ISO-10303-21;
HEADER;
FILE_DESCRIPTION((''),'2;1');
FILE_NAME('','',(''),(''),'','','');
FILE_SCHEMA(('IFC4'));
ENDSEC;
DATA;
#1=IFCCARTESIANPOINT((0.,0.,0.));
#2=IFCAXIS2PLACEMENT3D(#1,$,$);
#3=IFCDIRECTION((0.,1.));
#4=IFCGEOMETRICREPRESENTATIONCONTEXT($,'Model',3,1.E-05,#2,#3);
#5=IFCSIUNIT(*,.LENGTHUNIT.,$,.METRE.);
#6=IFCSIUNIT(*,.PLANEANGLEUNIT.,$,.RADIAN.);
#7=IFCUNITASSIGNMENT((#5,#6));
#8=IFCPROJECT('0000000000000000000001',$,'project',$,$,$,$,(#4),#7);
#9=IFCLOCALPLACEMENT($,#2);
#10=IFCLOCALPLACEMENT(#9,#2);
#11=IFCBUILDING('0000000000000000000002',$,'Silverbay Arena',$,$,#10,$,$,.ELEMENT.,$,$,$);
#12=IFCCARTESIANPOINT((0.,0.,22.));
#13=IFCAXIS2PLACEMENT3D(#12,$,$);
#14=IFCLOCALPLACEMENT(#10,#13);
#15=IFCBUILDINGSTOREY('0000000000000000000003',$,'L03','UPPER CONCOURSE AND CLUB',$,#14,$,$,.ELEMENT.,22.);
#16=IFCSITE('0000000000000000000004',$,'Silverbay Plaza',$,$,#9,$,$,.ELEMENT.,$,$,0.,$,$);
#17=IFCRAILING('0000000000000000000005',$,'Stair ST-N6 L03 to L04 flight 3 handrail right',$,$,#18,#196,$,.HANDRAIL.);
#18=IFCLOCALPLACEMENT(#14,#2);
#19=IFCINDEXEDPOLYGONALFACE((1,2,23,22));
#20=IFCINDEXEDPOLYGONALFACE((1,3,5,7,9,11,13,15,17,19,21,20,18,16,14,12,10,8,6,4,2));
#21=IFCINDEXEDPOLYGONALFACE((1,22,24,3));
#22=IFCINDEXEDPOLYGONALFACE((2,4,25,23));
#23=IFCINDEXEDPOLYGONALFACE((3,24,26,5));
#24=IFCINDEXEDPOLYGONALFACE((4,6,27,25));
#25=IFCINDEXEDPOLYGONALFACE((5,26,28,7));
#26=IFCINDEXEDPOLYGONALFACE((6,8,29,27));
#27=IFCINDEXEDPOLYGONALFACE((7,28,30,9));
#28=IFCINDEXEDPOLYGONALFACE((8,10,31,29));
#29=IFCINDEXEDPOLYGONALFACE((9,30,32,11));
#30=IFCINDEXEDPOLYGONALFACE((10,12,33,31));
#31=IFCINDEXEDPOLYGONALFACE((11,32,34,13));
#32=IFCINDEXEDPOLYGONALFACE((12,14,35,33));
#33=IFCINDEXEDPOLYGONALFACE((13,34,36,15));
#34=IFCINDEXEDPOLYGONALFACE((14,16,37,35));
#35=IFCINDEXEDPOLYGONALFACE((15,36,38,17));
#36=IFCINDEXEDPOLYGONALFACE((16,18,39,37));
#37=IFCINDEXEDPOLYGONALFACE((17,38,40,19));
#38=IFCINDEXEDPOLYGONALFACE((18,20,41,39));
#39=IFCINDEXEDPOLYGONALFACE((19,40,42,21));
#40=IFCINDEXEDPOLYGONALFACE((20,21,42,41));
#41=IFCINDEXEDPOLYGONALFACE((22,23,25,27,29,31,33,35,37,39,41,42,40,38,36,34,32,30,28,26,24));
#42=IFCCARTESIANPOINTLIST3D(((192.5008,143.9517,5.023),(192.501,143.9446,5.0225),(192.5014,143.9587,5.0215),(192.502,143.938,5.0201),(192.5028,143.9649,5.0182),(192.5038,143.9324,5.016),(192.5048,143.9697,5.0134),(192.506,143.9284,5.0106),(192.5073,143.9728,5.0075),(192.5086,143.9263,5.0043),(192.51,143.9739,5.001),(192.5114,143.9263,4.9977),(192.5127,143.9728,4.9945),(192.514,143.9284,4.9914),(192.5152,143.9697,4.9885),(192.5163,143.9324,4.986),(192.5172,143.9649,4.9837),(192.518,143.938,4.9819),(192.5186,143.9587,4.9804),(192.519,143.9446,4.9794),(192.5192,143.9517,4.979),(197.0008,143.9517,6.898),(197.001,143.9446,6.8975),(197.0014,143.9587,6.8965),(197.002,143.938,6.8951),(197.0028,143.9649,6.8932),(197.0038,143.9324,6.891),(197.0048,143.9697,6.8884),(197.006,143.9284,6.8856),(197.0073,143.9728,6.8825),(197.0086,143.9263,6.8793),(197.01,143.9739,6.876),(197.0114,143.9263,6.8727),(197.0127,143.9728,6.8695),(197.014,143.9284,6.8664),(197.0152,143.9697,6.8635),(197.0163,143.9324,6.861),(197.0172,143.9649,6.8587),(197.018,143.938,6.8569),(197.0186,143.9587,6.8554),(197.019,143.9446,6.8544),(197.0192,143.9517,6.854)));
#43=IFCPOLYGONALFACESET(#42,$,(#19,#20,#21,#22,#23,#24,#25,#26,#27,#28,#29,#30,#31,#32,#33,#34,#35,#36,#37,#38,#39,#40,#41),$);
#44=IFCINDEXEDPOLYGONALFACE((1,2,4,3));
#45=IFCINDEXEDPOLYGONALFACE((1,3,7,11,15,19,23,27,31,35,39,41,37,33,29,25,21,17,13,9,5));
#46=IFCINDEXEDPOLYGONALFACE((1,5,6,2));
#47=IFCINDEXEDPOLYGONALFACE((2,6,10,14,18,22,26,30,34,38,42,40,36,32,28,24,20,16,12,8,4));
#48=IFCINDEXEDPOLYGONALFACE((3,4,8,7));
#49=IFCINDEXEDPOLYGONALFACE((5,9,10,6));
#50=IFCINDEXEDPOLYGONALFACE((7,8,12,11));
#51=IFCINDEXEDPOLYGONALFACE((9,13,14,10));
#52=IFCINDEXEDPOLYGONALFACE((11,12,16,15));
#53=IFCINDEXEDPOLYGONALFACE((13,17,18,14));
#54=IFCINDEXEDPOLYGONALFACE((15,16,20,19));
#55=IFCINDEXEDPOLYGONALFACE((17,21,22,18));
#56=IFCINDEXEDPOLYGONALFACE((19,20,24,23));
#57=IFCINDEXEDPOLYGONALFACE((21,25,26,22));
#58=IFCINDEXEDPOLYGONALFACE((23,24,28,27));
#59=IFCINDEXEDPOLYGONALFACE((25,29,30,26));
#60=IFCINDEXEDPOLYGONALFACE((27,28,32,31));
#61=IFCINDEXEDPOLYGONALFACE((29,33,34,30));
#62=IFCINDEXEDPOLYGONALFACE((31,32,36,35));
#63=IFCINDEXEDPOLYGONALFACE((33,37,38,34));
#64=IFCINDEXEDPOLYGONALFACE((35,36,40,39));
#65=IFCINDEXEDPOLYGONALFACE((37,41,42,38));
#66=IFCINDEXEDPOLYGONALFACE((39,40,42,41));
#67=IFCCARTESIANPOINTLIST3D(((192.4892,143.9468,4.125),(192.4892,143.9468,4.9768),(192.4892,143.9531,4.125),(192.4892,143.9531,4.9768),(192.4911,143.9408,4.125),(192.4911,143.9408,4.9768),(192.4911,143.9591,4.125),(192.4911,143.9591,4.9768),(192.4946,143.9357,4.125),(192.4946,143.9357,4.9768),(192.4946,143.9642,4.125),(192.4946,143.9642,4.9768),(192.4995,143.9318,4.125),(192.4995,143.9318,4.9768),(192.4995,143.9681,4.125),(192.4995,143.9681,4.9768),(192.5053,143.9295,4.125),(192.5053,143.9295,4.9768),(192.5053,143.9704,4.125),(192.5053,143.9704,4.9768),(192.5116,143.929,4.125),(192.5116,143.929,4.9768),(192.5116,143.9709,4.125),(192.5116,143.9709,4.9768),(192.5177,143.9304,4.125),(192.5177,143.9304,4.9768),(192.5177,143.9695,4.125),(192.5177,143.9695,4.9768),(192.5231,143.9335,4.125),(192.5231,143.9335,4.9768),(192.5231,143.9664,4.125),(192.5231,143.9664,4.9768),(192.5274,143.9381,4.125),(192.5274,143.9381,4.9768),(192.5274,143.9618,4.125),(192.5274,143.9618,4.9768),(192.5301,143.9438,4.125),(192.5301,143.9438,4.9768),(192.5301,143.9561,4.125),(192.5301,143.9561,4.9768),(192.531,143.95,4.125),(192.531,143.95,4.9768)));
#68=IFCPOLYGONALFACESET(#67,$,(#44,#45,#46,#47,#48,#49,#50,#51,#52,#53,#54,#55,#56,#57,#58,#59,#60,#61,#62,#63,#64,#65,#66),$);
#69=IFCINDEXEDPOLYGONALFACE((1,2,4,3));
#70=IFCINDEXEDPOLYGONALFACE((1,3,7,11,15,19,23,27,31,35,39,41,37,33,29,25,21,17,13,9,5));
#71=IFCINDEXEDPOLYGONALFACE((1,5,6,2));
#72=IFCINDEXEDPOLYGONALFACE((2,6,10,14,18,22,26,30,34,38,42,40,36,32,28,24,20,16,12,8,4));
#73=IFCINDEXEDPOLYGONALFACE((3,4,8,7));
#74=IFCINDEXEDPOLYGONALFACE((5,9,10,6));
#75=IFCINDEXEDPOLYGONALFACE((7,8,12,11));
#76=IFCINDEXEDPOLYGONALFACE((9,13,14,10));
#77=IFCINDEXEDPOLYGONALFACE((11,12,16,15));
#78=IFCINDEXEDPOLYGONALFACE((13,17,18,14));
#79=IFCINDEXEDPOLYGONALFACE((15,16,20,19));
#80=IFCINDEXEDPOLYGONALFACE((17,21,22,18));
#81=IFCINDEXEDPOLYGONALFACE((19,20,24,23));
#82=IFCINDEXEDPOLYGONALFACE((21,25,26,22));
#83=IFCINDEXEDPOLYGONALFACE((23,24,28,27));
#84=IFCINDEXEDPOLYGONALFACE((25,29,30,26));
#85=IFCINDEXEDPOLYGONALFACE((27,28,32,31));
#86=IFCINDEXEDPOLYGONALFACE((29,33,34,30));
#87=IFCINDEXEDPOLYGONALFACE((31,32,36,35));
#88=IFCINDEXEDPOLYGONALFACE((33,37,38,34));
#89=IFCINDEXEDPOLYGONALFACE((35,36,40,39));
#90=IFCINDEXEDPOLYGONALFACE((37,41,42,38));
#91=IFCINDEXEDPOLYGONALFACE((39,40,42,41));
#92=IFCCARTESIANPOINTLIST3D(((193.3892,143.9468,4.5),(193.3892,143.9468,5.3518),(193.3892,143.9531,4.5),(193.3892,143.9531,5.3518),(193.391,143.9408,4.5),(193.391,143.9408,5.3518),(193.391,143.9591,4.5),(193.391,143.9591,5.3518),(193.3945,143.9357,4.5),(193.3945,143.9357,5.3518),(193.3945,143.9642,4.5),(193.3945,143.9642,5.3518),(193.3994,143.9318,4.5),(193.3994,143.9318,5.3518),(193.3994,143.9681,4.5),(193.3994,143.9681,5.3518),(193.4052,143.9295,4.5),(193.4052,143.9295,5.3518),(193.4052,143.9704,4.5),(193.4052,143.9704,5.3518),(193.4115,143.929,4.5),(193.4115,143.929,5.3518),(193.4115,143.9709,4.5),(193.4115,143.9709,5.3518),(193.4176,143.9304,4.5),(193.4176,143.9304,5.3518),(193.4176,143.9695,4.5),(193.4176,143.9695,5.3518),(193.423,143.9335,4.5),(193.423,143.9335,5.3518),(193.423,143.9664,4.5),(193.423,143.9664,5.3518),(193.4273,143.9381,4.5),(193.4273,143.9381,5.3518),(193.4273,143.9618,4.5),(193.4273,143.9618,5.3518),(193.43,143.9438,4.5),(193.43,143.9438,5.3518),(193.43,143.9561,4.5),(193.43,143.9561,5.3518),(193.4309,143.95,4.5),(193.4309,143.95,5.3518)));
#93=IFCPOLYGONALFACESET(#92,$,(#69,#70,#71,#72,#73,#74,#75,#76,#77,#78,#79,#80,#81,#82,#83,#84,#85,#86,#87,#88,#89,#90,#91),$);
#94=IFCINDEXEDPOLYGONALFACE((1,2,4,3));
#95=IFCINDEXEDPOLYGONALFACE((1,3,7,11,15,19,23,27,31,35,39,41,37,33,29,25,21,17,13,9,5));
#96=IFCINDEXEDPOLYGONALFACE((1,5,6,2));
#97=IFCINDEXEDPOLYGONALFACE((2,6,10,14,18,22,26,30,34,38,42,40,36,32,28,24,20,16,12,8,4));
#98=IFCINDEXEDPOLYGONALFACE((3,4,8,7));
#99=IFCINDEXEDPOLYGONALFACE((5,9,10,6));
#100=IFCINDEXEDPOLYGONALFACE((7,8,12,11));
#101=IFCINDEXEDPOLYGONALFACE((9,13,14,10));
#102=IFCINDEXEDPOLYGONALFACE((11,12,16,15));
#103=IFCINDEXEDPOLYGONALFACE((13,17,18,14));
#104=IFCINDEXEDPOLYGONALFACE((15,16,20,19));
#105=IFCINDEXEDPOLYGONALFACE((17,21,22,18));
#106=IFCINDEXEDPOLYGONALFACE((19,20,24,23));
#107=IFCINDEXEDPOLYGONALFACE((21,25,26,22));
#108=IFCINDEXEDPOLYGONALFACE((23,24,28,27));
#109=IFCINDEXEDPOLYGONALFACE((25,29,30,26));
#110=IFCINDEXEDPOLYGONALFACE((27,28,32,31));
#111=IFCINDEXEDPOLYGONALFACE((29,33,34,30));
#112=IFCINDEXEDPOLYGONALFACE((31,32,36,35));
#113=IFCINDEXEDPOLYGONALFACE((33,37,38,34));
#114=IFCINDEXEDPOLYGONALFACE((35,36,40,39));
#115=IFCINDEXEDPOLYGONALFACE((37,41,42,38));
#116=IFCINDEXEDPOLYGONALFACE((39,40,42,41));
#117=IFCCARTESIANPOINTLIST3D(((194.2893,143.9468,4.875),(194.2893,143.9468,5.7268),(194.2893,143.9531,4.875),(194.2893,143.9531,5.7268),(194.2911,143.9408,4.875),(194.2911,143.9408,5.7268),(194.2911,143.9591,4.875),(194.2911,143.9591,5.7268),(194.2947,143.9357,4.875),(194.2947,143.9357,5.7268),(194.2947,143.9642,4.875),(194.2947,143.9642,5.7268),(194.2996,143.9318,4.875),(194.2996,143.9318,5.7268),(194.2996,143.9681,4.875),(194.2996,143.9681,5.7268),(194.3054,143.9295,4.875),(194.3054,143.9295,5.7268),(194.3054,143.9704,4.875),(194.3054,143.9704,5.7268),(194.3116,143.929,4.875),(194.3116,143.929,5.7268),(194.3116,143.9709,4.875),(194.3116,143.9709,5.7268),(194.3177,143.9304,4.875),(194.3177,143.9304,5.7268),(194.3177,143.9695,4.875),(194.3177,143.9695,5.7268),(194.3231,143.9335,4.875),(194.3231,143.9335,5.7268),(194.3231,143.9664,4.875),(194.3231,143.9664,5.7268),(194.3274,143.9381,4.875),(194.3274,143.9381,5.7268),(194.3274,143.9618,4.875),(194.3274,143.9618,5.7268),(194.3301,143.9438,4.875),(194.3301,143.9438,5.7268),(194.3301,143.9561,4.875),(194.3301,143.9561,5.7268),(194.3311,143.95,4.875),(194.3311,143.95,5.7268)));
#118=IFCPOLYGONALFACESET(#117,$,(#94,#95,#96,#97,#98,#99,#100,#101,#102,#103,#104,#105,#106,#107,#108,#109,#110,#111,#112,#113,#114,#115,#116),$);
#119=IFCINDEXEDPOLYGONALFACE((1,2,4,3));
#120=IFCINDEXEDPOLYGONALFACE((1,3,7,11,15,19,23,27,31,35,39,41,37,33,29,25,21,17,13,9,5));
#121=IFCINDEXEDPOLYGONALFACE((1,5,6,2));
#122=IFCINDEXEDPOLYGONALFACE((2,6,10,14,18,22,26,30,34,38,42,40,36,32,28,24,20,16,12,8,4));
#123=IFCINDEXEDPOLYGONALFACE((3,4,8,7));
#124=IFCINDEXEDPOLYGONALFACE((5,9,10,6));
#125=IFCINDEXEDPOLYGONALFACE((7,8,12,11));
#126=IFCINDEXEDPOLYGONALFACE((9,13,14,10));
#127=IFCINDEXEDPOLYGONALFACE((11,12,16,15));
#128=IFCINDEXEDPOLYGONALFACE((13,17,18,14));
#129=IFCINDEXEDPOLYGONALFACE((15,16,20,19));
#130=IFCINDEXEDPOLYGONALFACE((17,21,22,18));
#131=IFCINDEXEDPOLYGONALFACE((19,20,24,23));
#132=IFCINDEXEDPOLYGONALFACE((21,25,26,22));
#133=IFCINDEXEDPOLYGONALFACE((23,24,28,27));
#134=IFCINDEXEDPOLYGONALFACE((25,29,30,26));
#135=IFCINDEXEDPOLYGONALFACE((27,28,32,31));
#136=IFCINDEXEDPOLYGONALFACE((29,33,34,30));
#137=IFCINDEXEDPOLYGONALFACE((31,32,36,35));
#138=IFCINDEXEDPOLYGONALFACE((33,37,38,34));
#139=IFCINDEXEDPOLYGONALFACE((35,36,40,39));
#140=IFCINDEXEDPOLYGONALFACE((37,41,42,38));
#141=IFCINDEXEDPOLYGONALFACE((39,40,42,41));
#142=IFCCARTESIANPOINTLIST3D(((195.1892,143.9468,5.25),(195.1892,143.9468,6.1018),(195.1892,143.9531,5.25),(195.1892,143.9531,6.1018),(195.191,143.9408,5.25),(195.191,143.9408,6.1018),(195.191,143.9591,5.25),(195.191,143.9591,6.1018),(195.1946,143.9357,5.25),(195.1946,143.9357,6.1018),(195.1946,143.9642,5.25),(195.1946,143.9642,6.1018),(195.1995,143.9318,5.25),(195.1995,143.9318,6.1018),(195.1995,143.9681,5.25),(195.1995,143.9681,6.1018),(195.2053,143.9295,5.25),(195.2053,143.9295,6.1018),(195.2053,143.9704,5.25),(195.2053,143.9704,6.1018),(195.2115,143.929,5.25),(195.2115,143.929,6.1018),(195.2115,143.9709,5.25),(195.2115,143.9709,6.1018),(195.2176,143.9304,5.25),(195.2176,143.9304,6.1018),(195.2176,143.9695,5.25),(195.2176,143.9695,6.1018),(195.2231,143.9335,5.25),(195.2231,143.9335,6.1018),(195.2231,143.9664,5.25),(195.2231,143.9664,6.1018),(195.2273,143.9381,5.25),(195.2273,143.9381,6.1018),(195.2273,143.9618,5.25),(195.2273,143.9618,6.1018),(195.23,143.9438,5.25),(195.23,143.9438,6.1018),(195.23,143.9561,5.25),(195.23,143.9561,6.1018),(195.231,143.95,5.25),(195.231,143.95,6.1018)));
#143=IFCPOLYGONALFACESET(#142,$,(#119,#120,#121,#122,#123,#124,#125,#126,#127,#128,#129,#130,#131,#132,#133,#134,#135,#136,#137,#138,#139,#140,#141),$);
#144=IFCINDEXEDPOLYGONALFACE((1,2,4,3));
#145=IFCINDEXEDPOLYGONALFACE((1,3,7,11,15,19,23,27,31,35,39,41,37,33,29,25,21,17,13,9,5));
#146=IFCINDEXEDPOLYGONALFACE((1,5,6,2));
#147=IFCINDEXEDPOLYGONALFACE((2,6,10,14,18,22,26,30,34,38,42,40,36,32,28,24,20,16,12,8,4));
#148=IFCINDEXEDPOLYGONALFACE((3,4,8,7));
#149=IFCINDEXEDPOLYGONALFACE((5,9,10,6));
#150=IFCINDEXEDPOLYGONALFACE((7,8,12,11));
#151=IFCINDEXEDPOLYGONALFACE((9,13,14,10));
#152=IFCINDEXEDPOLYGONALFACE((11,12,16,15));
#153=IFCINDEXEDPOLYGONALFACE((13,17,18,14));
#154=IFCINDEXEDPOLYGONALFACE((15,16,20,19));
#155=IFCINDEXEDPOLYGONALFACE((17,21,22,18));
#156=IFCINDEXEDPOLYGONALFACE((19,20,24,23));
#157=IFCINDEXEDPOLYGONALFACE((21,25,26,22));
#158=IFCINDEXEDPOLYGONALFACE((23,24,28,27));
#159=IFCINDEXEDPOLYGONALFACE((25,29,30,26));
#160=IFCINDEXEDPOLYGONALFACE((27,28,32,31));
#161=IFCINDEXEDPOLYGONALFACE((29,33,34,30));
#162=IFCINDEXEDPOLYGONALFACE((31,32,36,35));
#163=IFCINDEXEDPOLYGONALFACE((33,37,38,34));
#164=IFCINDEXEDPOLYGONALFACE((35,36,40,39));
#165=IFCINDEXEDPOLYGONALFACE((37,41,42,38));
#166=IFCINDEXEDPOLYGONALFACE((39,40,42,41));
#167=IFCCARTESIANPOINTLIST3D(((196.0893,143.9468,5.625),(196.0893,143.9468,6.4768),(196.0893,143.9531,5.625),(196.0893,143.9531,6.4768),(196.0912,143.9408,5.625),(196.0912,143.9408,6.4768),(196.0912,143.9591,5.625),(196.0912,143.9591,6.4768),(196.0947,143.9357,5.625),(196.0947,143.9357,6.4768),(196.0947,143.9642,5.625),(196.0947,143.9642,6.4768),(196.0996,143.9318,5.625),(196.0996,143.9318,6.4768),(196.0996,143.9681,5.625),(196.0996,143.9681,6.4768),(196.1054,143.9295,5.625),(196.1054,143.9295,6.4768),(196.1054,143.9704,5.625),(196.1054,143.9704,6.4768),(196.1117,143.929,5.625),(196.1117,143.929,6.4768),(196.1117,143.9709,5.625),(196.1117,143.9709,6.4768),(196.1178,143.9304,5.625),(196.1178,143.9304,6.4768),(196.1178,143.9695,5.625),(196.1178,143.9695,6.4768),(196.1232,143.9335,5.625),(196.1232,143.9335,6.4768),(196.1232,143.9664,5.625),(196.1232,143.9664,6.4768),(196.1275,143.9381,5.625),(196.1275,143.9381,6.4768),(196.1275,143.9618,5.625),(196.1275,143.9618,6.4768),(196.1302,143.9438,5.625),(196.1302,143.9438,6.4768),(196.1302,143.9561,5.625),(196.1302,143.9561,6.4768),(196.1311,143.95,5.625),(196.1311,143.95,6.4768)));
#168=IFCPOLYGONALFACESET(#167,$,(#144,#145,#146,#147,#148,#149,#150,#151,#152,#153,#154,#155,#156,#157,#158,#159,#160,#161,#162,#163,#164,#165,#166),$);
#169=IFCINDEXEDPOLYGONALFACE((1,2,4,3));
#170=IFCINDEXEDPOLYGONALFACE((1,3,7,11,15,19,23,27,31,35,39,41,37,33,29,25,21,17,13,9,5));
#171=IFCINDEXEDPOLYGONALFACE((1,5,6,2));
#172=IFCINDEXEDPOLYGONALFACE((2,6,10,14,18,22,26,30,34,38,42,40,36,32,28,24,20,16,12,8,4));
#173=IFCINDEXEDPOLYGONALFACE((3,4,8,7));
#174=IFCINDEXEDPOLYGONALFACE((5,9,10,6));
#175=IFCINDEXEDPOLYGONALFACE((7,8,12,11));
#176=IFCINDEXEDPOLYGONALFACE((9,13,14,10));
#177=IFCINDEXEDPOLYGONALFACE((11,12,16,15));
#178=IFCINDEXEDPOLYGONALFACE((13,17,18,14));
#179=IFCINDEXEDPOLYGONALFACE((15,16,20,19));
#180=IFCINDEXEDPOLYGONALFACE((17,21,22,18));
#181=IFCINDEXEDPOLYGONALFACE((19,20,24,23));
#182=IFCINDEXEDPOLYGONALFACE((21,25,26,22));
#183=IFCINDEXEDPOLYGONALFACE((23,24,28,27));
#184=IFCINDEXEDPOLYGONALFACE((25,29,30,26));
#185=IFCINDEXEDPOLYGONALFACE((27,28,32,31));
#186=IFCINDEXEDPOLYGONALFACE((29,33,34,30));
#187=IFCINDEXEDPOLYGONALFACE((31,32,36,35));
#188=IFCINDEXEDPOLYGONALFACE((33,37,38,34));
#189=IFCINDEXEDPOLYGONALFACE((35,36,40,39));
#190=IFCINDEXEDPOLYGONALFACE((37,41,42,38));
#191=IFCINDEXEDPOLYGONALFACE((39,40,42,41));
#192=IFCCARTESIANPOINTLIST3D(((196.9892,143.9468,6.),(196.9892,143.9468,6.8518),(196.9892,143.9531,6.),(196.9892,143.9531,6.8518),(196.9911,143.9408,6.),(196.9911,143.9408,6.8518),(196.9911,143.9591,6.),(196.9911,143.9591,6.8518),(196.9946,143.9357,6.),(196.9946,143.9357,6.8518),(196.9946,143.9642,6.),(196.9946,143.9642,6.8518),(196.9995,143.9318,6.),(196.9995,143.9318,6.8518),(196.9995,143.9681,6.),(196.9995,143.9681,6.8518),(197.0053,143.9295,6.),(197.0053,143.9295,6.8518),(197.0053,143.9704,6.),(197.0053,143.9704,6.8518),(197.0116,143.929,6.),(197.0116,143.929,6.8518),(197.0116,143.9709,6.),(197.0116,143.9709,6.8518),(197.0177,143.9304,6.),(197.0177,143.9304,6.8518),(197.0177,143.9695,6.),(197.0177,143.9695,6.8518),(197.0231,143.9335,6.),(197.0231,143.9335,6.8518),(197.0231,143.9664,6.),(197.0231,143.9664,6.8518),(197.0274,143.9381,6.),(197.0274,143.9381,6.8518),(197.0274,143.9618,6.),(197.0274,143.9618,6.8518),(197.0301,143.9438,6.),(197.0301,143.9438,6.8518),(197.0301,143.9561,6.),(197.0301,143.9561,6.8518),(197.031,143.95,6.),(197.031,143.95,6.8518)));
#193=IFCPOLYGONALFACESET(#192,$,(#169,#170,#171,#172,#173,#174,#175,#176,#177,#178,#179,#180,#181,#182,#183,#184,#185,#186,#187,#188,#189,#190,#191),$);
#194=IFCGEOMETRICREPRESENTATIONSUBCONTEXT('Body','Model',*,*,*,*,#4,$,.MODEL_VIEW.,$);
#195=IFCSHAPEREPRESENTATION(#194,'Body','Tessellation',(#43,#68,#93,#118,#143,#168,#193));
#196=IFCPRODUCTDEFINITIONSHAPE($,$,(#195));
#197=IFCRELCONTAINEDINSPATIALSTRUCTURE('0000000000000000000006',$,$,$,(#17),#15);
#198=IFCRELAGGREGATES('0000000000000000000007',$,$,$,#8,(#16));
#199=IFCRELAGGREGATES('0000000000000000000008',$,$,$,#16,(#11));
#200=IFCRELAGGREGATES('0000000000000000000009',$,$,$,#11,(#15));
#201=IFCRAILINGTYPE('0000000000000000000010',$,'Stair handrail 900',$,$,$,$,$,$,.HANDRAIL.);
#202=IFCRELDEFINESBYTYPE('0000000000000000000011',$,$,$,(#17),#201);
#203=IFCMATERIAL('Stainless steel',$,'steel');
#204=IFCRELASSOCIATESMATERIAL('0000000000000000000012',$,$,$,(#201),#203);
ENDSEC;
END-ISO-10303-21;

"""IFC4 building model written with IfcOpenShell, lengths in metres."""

from ifc_helpers import new_model, si_unit, direction, frame, origin, origin_2d, place, context, subcontext, project, spatial, circle, extrude, material, type_object, element, save


model = new_model("IFC4")

# Units and contexts
model_context = context("Model", 3, precision=1e-05, world=origin(), true_north=direction((0.0, 1.0)))
body_context = subcontext(model_context, "Body", "Model", "MODEL_VIEW")
ifc_project = project(units=[si_unit("LENGTHUNIT", "METRE"), si_unit("PLANEANGLEUNIT", "RADIAN")], contexts=[model_context])

# Site, building, storey
site_placement = place(None, origin())
site = spatial("IfcSite", under=ifc_project, at=site_placement, Name="Silverbay Plaza", CompositionType="ELEMENT", RefElevation=0.0)
building_placement = place(site_placement, origin())
building = spatial("IfcBuilding", under=site, at=building_placement, Name="Silverbay Arena", CompositionType="ELEMENT")
storey_placement = place(building_placement, frame((0.0, 0.0, 22.0)))
storey = spatial("IfcBuildingStorey", under=building, at=storey_placement, Name="L03", Description="UPPER CONCOURSE AND CLUB", CompositionType="ELEMENT", Elevation=22.0)

# Railing
ifc_material_1 = material(Name="Stainless steel", Category="steel")
railing_type_1 = type_object("IfcRailingType", Name="Stair handrail 900", PredefinedType="HANDRAIL", material=ifc_material_1)
for number, where, name in (
    (1, (192.51, 143.95, 4.125), "Stair ST-N6 L03 to L04 flight 3 handrail right"),
):
    element("IfcRailing", number, at=place(storey_placement, frame(where)), inside=storey, type_object=railing_type_1, Name=name, PredefinedType="HANDRAIL", context=body_context, shape_type="SweptSolid", body=[
        extrude(circle(Radius=0.0239, at=origin_2d()), frame((0.0, 0.0, 0.876), z_axis=(0.923077, 0.0, 0.384615), x_axis=(0.0, 1.0, 0.0)), (0.0, 0.0, 1.0), 4.875),
        extrude(circle(Radius=0.021, at=origin_2d()), origin(), (0.0, 0.0, 1.0), 0.8518),
        extrude(circle(Radius=0.021, at=origin_2d()), frame((0.8999, 0.0, 0.375)), (0.0, 0.0, 1.0), 0.8518),
        extrude(circle(Radius=0.021, at=origin_2d()), frame((1.8, 0.0, 0.75)), (0.0, 0.0, 1.0), 0.8518),
        extrude(circle(Radius=0.021, at=origin_2d()), frame((2.7, 0.0, 1.125)), (0.0, 0.0, 1.0), 0.8518),
        extrude(circle(Radius=0.021, at=origin_2d()), frame((3.6001, 0.0, 1.5)), (0.0, 0.0, 1.0), 0.8518),
        extrude(circle(Radius=0.021, at=origin_2d()), frame((4.5, 0.0, 1.875)), (0.0, 0.0, 1.0), 0.8518),
    ])

save(model, "model.ifc")
